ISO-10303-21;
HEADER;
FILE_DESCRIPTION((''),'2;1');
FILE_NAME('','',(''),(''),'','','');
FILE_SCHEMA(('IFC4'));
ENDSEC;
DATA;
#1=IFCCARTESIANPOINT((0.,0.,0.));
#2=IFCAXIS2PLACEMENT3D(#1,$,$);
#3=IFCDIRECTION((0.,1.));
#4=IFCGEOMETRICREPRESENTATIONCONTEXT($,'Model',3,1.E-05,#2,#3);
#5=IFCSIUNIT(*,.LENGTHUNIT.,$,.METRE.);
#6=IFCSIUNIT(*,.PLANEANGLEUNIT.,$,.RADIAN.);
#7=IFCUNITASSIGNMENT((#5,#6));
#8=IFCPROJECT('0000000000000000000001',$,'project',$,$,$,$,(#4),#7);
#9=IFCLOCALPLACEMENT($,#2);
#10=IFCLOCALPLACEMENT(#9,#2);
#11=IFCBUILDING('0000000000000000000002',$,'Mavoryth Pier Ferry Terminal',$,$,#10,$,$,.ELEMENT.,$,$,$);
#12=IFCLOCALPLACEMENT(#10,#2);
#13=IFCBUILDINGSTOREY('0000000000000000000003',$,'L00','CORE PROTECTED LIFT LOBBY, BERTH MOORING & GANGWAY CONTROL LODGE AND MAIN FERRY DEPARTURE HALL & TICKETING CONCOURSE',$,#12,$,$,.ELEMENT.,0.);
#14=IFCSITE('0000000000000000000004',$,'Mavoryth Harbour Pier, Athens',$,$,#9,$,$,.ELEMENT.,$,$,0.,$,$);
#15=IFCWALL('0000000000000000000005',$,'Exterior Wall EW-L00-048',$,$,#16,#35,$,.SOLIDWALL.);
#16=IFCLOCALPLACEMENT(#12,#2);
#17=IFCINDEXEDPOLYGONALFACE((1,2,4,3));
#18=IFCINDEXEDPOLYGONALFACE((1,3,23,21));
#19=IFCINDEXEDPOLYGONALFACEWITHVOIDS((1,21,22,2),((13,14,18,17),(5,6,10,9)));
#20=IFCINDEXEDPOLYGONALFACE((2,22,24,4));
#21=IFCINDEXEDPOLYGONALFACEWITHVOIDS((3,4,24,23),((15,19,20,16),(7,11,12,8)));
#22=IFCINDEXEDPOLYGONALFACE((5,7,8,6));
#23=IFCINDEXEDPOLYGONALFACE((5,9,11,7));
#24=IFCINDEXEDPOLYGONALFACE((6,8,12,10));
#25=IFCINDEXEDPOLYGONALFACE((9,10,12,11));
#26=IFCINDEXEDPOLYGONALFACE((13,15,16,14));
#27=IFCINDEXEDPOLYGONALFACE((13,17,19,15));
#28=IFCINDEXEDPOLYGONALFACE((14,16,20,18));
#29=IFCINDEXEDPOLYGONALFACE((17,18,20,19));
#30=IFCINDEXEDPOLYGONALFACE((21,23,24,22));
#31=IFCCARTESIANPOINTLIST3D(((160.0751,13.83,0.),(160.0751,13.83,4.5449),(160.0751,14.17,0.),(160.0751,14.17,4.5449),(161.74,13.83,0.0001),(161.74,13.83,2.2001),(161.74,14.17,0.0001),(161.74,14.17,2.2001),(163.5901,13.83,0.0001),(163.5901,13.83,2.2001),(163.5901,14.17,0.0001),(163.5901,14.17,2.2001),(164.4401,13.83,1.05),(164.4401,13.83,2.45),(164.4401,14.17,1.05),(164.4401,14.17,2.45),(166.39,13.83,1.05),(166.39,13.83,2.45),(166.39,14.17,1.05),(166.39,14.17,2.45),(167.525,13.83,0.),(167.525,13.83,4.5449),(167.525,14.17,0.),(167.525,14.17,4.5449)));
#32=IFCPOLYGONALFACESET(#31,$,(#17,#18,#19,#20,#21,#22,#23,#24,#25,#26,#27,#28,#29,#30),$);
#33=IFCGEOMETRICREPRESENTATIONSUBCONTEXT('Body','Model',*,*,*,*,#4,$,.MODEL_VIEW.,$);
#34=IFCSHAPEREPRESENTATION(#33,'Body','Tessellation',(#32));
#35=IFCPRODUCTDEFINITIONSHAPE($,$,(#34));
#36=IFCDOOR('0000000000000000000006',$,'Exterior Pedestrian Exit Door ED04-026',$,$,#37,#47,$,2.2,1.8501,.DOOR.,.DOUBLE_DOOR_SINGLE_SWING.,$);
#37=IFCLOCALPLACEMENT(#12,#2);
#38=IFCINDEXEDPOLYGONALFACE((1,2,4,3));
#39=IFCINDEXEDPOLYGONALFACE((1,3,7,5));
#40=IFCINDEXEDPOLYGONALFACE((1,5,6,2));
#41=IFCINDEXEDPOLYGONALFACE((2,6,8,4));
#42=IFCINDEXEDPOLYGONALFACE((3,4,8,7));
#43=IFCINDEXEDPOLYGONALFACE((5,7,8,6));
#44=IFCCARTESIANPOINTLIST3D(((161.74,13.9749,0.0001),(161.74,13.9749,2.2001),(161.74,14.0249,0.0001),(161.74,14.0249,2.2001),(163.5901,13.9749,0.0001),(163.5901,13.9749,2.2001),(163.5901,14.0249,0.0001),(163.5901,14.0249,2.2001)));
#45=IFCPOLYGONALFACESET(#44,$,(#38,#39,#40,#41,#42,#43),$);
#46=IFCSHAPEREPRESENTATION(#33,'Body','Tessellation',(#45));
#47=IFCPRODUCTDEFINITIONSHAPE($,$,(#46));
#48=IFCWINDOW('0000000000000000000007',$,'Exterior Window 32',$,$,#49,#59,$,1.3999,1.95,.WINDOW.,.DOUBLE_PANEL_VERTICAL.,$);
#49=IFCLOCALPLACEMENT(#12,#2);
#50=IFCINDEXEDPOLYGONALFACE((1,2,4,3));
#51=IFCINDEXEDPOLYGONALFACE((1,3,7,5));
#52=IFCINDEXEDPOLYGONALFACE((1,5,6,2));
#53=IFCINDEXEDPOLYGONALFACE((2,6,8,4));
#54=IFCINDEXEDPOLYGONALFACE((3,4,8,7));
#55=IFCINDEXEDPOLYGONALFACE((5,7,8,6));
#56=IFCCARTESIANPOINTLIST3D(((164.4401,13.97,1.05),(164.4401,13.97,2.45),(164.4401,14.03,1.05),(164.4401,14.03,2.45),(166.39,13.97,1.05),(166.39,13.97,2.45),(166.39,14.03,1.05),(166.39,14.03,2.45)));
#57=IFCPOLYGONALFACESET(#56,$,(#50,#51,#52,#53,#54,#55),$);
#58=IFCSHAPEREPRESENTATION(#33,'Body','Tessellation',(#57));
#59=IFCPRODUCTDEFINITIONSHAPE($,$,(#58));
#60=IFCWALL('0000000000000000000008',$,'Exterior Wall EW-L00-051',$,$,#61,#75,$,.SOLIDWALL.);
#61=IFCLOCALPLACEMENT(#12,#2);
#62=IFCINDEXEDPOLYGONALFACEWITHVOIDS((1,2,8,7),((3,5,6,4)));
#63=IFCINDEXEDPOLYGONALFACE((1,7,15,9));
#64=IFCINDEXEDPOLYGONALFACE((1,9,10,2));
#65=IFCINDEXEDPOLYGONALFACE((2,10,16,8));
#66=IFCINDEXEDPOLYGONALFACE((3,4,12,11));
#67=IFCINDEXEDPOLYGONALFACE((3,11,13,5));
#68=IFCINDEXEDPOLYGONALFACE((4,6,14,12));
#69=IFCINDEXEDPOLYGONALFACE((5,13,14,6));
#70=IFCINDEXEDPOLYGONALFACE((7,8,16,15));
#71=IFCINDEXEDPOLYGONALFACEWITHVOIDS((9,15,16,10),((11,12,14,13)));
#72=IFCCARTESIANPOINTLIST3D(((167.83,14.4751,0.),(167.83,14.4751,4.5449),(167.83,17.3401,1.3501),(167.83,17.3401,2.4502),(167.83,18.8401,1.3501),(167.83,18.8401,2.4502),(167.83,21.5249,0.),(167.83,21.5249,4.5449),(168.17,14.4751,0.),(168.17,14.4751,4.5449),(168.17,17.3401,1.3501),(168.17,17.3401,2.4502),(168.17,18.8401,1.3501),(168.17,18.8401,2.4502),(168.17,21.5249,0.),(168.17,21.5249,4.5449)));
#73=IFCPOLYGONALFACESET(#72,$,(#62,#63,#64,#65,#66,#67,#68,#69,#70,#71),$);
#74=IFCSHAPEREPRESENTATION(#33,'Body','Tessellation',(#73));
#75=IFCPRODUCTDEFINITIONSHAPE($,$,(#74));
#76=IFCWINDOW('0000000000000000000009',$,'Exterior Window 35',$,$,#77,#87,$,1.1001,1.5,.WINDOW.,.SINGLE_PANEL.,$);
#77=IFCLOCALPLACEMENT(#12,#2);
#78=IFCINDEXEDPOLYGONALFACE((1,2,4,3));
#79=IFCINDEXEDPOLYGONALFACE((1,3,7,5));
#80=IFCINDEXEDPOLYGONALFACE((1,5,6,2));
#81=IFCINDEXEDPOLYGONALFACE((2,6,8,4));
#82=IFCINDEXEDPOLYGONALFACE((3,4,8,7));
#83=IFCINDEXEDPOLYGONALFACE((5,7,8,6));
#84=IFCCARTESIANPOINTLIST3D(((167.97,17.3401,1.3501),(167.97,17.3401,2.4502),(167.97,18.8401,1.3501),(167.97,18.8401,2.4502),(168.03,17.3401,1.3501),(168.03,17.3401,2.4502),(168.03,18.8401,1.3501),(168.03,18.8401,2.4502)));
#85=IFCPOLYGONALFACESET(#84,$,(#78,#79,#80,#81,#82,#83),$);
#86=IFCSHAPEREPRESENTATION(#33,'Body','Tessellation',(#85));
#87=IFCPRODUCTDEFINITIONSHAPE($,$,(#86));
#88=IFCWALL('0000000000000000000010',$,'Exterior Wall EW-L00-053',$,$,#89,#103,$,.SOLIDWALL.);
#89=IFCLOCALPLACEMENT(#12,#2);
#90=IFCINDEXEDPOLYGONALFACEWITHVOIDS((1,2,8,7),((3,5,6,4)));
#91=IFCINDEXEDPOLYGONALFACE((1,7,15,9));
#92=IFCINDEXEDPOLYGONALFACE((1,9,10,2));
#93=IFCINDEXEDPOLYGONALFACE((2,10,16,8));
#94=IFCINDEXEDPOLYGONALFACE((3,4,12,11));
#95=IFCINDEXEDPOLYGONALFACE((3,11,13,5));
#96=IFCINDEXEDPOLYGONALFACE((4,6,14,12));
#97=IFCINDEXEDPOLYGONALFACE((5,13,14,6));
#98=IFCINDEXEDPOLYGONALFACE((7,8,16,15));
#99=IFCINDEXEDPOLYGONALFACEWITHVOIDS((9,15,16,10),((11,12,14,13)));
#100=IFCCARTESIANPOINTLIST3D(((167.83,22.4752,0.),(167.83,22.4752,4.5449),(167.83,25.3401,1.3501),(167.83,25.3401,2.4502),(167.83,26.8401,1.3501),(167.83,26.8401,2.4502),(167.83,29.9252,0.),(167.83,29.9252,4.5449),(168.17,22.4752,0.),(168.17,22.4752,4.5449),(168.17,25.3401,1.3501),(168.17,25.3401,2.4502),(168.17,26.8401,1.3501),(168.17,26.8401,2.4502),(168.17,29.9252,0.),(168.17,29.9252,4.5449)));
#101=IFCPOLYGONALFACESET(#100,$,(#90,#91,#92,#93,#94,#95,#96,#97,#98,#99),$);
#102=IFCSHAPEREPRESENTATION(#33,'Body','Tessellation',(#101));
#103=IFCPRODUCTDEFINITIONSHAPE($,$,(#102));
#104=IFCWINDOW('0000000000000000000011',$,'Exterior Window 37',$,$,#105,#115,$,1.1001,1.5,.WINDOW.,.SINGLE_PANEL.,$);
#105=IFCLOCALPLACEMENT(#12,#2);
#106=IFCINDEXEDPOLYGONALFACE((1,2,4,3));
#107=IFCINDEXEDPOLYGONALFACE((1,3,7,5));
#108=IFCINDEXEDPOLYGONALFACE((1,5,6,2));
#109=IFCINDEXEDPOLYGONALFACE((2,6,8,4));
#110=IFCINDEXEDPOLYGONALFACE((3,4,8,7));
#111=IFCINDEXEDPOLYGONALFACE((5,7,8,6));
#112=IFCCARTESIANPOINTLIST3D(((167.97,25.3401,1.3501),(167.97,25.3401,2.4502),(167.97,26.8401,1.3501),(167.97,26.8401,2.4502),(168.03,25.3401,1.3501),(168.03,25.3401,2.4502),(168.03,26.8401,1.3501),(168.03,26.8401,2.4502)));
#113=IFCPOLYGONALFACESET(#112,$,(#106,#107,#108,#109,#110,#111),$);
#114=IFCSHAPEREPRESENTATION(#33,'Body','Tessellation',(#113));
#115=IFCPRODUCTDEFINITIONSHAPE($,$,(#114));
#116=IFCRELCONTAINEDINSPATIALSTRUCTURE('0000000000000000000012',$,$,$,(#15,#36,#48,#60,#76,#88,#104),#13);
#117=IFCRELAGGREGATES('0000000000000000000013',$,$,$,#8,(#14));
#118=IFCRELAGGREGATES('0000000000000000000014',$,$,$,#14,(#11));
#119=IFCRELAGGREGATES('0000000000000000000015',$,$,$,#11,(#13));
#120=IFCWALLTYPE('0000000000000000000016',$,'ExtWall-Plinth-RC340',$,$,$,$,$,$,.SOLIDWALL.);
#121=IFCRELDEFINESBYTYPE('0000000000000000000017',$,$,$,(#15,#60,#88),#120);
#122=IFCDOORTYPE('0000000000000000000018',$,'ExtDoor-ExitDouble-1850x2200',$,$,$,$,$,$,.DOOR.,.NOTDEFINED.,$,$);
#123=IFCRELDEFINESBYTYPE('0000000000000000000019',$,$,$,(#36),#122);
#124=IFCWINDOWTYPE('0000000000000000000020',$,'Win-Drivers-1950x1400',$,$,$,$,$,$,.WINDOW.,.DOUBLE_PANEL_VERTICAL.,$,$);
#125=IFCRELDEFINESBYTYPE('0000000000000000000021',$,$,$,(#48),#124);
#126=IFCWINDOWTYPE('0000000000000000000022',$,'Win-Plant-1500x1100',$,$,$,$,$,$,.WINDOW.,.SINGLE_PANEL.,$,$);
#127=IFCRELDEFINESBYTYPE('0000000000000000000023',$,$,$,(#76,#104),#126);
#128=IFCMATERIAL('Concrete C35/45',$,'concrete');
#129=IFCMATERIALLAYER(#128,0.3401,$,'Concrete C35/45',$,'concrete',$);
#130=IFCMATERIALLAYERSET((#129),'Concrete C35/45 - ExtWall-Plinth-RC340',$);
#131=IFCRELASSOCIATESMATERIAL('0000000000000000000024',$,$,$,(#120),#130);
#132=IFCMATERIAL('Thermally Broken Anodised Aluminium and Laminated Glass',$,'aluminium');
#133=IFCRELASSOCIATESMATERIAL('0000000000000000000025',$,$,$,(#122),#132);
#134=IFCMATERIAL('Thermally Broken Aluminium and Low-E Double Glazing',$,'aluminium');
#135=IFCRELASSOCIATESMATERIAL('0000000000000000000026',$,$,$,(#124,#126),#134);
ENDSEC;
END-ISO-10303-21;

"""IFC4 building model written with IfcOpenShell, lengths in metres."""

from ifc_helpers import new_model, si_unit, direction, frame, frame_2d, origin, place, context, subcontext, project, spatial, rectangle, extrude, material, layer, layer_set, type_object, element, fill, save


model = new_model("IFC4")

# Units and contexts
model_context = context("Model", 3, precision=1e-05, world=origin(), true_north=direction((0.0, 1.0)))
body_context = subcontext(model_context, "Body", "Model", "MODEL_VIEW")
ifc_project = project(units=[si_unit("LENGTHUNIT", "METRE"), si_unit("PLANEANGLEUNIT", "RADIAN")], contexts=[model_context])

# Site, building, storey
site_placement = place(None, origin())
site = spatial("IfcSite", under=ifc_project, at=site_placement, Name="Mavoryth Harbour Pier, Athens", CompositionType="ELEMENT", RefElevation=0.0)
building_placement = place(site_placement, origin())
building = spatial("IfcBuilding", under=site, at=building_placement, Name="Mavoryth Pier Ferry Terminal", CompositionType="ELEMENT")
storey_placement = place(building_placement, origin())
storey = spatial("IfcBuildingStorey", under=building, at=storey_placement, Name="L00", Description="CORE PROTECTED LIFT LOBBY, BERTH MOORING & GANGWAY CONTROL LODGE AND MAIN FERRY DEPARTURE HALL & TICKETING CONCOURSE", CompositionType="ELEMENT", Elevation=0.0)

# Shared definitions
ifc_material_1 = material(Name="Concrete C35/45", Category="concrete")

# Wall, openings, door, window
ifc_layer = layer(ifc_material_1, 0.3401, Name="Concrete C35/45", Category="concrete")
ifc_layer_set = layer_set([ifc_layer], Name="Concrete C35/45 - ExtWall-Plinth-RC340")
wall_type = type_object("IfcWallType", Name="ExtWall-Plinth-RC340", PredefinedType="SOLIDWALL", material=ifc_layer_set)
wall_1_placement = place(storey_placement, frame((160.075, 14.0, 0.0), z_axis=(0.0, 0.0, 1.0), x_axis=(1.0, 0.0, 0.0)))
wall_1 = element("IfcWall", 1, at=wall_1_placement, inside=storey, type_object=wall_type, Name="Exterior Wall EW-L00-048", PredefinedType="SOLIDWALL", context=body_context, shape_type="SweptSolid", body=[
    extrude(rectangle(XDim=7.45, YDim=0.3401, at=frame_2d((3.7251, 0.0))), origin(), (0.0, 0.0, 1.0), 4.5449),
])
opening_1_placement = place(wall_1_placement, frame((1.665, 0.0, 0.0)))
opening_1 = element("IfcOpeningElement", 2, at=opening_1_placement, cuts=wall_1, PredefinedType="OPENING", context=body_context, shape_type="SweptSolid", body=[
    extrude(rectangle(XDim=1.8501, YDim=2.2, at=frame_2d((0.925, 1.1001))), frame((0.0, 0.1799, 0.0), z_axis=(0.0, -1.0, 0.0), x_axis=(1.0, 0.0, 0.0)), (0.0, 0.0, 1.0), 0.3601),
])
opening_2_placement = place(wall_1_placement, frame((4.365, 0.0, 1.05)))
opening_2 = element("IfcOpeningElement", 3, at=opening_2_placement, cuts=wall_1, PredefinedType="OPENING", context=body_context, shape_type="SweptSolid", body=[
    extrude(rectangle(XDim=1.95, YDim=1.3999, at=frame_2d((0.9751, 0.7))), frame((0.0, 0.1799, 0.0), z_axis=(0.0, -1.0, 0.0), x_axis=(1.0, 0.0, 0.0)), (0.0, 0.0, 1.0), 0.3601),
])
ifc_material_2 = material(Name="Thermally Broken Anodised Aluminium and Laminated Glass", Category="aluminium")
door_type = type_object("IfcDoorType", Name="ExtDoor-ExitDouble-1850x2200", OperationType="NOTDEFINED", PredefinedType="DOOR", material=ifc_material_2)
door_placement = place(opening_1_placement, origin())
door = element("IfcDoor", 4, at=door_placement, inside=storey, type_object=door_type, Name="Exterior Pedestrian Exit Door ED04-026", OperationType="DOUBLE_DOOR_SINGLE_SWING", OverallHeight=2.2, OverallWidth=1.8501, PredefinedType="DOOR", context=body_context, shape_type="SweptSolid", body=[
    extrude(rectangle(XDim=1.8501, YDim=2.2, at=frame_2d((0.925, 1.1001))), frame((0.0, 0.0249, 0.0), z_axis=(0.0, -1.0, 0.0), x_axis=(1.0, 0.0, 0.0)), (0.0, 0.0, 1.0), 0.05),
])
fill(opening_1, door)
ifc_material_3 = material(Name="Thermally Broken Aluminium and Low-E Double Glazing", Category="aluminium")
window_type_1 = type_object("IfcWindowType", Name="Win-Drivers-1950x1400", PartitioningType="DOUBLE_PANEL_VERTICAL", PredefinedType="WINDOW", material=ifc_material_3)
window_1_placement = place(opening_2_placement, origin())
window_1 = element("IfcWindow", 5, at=window_1_placement, inside=storey, type_object=window_type_1, Name="Exterior Window 32", OverallHeight=1.3999, OverallWidth=1.95, PartitioningType="DOUBLE_PANEL_VERTICAL", PredefinedType="WINDOW", context=body_context, shape_type="SweptSolid", body=[
    extrude(rectangle(XDim=1.95, YDim=1.3999, at=frame_2d((0.9751, 0.7))), frame((0.0, 0.03, 0.0), z_axis=(0.0, -1.0, 0.0), x_axis=(1.0, 0.0, 0.0)), (0.0, 0.0, 1.0), 0.0601),
])
fill(opening_2, window_1)

# Walls, openings, windows
wall_2_placement = place(storey_placement, frame((168.0, 14.4751, 0.0), z_axis=(0.0, 0.0, 1.0), x_axis=(0.0, 1.0, 0.0)))
wall_2 = element("IfcWall", 6, at=wall_2_placement, inside=storey, type_object=wall_type, Name="Exterior Wall EW-L00-051", PredefinedType="SOLIDWALL", context=body_context, shape_type="SweptSolid", body=[
    extrude(rectangle(XDim=7.0498, YDim=0.3401, at=frame_2d((3.5249, 0.0))), origin(), (0.0, 0.0, 1.0), 4.5449),
])
opening_3_placement = place(wall_2_placement, frame((2.865, 0.0, 1.3501)))
opening_3 = element("IfcOpeningElement", 7, at=opening_3_placement, cuts=wall_2, PredefinedType="OPENING", context=body_context, shape_type="SweptSolid", body=[
    extrude(rectangle(XDim=1.5, YDim=1.1001, at=frame_2d((0.75, 0.55))), frame((0.0, 0.1799, 0.0), z_axis=(0.0, -1.0, 0.0), x_axis=(1.0, 0.0, 0.0)), (0.0, 0.0, 1.0), 0.3601),
])
window_type_2 = type_object("IfcWindowType", Name="Win-Plant-1500x1100", PartitioningType="SINGLE_PANEL", PredefinedType="WINDOW", material=ifc_material_3)
window_2_placement = place(opening_3_placement, origin())
window_2 = element("IfcWindow", 8, at=window_2_placement, inside=storey, type_object=window_type_2, Name="Exterior Window 35", OverallHeight=1.1001, OverallWidth=1.5, PartitioningType="SINGLE_PANEL", PredefinedType="WINDOW", context=body_context, shape_type="SweptSolid", body=[
    extrude(rectangle(XDim=1.5, YDim=1.1001, at=frame_2d((0.75, 0.55))), frame((0.0, 0.03, 0.0), z_axis=(0.0, -1.0, 0.0), x_axis=(1.0, 0.0, 0.0)), (0.0, 0.0, 1.0), 0.0601),
])
fill(opening_3, window_2)
wall_3_placement = place(storey_placement, frame((168.0, 22.4751, 0.0), z_axis=(0.0, 0.0, 1.0), x_axis=(0.0, 1.0, 0.0)))
wall_3 = element("IfcWall", 9, at=wall_3_placement, inside=storey, type_object=wall_type, Name="Exterior Wall EW-L00-053", PredefinedType="SOLIDWALL", context=body_context, shape_type="SweptSolid", body=[
    extrude(rectangle(XDim=7.45, YDim=0.3401, at=frame_2d((3.7251, 0.0))), origin(), (0.0, 0.0, 1.0), 4.5449),
])
opening_4_placement = place(wall_3_placement, frame((2.865, 0.0, 1.3501)))
opening_4 = element("IfcOpeningElement", 10, at=opening_4_placement, cuts=wall_3, PredefinedType="OPENING", context=body_context, shape_type="SweptSolid", body=[
    extrude(rectangle(XDim=1.5, YDim=1.1001, at=frame_2d((0.75, 0.55))), frame((0.0, 0.1799, 0.0), z_axis=(0.0, -1.0, 0.0), x_axis=(1.0, 0.0, 0.0)), (0.0, 0.0, 1.0), 0.3601),
])
window_3_placement = place(opening_4_placement, origin())
window_3 = element("IfcWindow", 11, at=window_3_placement, inside=storey, type_object=window_type_2, Name="Exterior Window 37", OverallHeight=1.1001, OverallWidth=1.5, PartitioningType="SINGLE_PANEL", PredefinedType="WINDOW", context=body_context, shape_type="SweptSolid", body=[
    extrude(rectangle(XDim=1.5, YDim=1.1001, at=frame_2d((0.75, 0.55))), frame((0.0, 0.03, 0.0), z_axis=(0.0, -1.0, 0.0), x_axis=(1.0, 0.0, 0.0)), (0.0, 0.0, 1.0), 0.0601),
])
fill(opening_4, window_3)

save(model, "model.ifc")
